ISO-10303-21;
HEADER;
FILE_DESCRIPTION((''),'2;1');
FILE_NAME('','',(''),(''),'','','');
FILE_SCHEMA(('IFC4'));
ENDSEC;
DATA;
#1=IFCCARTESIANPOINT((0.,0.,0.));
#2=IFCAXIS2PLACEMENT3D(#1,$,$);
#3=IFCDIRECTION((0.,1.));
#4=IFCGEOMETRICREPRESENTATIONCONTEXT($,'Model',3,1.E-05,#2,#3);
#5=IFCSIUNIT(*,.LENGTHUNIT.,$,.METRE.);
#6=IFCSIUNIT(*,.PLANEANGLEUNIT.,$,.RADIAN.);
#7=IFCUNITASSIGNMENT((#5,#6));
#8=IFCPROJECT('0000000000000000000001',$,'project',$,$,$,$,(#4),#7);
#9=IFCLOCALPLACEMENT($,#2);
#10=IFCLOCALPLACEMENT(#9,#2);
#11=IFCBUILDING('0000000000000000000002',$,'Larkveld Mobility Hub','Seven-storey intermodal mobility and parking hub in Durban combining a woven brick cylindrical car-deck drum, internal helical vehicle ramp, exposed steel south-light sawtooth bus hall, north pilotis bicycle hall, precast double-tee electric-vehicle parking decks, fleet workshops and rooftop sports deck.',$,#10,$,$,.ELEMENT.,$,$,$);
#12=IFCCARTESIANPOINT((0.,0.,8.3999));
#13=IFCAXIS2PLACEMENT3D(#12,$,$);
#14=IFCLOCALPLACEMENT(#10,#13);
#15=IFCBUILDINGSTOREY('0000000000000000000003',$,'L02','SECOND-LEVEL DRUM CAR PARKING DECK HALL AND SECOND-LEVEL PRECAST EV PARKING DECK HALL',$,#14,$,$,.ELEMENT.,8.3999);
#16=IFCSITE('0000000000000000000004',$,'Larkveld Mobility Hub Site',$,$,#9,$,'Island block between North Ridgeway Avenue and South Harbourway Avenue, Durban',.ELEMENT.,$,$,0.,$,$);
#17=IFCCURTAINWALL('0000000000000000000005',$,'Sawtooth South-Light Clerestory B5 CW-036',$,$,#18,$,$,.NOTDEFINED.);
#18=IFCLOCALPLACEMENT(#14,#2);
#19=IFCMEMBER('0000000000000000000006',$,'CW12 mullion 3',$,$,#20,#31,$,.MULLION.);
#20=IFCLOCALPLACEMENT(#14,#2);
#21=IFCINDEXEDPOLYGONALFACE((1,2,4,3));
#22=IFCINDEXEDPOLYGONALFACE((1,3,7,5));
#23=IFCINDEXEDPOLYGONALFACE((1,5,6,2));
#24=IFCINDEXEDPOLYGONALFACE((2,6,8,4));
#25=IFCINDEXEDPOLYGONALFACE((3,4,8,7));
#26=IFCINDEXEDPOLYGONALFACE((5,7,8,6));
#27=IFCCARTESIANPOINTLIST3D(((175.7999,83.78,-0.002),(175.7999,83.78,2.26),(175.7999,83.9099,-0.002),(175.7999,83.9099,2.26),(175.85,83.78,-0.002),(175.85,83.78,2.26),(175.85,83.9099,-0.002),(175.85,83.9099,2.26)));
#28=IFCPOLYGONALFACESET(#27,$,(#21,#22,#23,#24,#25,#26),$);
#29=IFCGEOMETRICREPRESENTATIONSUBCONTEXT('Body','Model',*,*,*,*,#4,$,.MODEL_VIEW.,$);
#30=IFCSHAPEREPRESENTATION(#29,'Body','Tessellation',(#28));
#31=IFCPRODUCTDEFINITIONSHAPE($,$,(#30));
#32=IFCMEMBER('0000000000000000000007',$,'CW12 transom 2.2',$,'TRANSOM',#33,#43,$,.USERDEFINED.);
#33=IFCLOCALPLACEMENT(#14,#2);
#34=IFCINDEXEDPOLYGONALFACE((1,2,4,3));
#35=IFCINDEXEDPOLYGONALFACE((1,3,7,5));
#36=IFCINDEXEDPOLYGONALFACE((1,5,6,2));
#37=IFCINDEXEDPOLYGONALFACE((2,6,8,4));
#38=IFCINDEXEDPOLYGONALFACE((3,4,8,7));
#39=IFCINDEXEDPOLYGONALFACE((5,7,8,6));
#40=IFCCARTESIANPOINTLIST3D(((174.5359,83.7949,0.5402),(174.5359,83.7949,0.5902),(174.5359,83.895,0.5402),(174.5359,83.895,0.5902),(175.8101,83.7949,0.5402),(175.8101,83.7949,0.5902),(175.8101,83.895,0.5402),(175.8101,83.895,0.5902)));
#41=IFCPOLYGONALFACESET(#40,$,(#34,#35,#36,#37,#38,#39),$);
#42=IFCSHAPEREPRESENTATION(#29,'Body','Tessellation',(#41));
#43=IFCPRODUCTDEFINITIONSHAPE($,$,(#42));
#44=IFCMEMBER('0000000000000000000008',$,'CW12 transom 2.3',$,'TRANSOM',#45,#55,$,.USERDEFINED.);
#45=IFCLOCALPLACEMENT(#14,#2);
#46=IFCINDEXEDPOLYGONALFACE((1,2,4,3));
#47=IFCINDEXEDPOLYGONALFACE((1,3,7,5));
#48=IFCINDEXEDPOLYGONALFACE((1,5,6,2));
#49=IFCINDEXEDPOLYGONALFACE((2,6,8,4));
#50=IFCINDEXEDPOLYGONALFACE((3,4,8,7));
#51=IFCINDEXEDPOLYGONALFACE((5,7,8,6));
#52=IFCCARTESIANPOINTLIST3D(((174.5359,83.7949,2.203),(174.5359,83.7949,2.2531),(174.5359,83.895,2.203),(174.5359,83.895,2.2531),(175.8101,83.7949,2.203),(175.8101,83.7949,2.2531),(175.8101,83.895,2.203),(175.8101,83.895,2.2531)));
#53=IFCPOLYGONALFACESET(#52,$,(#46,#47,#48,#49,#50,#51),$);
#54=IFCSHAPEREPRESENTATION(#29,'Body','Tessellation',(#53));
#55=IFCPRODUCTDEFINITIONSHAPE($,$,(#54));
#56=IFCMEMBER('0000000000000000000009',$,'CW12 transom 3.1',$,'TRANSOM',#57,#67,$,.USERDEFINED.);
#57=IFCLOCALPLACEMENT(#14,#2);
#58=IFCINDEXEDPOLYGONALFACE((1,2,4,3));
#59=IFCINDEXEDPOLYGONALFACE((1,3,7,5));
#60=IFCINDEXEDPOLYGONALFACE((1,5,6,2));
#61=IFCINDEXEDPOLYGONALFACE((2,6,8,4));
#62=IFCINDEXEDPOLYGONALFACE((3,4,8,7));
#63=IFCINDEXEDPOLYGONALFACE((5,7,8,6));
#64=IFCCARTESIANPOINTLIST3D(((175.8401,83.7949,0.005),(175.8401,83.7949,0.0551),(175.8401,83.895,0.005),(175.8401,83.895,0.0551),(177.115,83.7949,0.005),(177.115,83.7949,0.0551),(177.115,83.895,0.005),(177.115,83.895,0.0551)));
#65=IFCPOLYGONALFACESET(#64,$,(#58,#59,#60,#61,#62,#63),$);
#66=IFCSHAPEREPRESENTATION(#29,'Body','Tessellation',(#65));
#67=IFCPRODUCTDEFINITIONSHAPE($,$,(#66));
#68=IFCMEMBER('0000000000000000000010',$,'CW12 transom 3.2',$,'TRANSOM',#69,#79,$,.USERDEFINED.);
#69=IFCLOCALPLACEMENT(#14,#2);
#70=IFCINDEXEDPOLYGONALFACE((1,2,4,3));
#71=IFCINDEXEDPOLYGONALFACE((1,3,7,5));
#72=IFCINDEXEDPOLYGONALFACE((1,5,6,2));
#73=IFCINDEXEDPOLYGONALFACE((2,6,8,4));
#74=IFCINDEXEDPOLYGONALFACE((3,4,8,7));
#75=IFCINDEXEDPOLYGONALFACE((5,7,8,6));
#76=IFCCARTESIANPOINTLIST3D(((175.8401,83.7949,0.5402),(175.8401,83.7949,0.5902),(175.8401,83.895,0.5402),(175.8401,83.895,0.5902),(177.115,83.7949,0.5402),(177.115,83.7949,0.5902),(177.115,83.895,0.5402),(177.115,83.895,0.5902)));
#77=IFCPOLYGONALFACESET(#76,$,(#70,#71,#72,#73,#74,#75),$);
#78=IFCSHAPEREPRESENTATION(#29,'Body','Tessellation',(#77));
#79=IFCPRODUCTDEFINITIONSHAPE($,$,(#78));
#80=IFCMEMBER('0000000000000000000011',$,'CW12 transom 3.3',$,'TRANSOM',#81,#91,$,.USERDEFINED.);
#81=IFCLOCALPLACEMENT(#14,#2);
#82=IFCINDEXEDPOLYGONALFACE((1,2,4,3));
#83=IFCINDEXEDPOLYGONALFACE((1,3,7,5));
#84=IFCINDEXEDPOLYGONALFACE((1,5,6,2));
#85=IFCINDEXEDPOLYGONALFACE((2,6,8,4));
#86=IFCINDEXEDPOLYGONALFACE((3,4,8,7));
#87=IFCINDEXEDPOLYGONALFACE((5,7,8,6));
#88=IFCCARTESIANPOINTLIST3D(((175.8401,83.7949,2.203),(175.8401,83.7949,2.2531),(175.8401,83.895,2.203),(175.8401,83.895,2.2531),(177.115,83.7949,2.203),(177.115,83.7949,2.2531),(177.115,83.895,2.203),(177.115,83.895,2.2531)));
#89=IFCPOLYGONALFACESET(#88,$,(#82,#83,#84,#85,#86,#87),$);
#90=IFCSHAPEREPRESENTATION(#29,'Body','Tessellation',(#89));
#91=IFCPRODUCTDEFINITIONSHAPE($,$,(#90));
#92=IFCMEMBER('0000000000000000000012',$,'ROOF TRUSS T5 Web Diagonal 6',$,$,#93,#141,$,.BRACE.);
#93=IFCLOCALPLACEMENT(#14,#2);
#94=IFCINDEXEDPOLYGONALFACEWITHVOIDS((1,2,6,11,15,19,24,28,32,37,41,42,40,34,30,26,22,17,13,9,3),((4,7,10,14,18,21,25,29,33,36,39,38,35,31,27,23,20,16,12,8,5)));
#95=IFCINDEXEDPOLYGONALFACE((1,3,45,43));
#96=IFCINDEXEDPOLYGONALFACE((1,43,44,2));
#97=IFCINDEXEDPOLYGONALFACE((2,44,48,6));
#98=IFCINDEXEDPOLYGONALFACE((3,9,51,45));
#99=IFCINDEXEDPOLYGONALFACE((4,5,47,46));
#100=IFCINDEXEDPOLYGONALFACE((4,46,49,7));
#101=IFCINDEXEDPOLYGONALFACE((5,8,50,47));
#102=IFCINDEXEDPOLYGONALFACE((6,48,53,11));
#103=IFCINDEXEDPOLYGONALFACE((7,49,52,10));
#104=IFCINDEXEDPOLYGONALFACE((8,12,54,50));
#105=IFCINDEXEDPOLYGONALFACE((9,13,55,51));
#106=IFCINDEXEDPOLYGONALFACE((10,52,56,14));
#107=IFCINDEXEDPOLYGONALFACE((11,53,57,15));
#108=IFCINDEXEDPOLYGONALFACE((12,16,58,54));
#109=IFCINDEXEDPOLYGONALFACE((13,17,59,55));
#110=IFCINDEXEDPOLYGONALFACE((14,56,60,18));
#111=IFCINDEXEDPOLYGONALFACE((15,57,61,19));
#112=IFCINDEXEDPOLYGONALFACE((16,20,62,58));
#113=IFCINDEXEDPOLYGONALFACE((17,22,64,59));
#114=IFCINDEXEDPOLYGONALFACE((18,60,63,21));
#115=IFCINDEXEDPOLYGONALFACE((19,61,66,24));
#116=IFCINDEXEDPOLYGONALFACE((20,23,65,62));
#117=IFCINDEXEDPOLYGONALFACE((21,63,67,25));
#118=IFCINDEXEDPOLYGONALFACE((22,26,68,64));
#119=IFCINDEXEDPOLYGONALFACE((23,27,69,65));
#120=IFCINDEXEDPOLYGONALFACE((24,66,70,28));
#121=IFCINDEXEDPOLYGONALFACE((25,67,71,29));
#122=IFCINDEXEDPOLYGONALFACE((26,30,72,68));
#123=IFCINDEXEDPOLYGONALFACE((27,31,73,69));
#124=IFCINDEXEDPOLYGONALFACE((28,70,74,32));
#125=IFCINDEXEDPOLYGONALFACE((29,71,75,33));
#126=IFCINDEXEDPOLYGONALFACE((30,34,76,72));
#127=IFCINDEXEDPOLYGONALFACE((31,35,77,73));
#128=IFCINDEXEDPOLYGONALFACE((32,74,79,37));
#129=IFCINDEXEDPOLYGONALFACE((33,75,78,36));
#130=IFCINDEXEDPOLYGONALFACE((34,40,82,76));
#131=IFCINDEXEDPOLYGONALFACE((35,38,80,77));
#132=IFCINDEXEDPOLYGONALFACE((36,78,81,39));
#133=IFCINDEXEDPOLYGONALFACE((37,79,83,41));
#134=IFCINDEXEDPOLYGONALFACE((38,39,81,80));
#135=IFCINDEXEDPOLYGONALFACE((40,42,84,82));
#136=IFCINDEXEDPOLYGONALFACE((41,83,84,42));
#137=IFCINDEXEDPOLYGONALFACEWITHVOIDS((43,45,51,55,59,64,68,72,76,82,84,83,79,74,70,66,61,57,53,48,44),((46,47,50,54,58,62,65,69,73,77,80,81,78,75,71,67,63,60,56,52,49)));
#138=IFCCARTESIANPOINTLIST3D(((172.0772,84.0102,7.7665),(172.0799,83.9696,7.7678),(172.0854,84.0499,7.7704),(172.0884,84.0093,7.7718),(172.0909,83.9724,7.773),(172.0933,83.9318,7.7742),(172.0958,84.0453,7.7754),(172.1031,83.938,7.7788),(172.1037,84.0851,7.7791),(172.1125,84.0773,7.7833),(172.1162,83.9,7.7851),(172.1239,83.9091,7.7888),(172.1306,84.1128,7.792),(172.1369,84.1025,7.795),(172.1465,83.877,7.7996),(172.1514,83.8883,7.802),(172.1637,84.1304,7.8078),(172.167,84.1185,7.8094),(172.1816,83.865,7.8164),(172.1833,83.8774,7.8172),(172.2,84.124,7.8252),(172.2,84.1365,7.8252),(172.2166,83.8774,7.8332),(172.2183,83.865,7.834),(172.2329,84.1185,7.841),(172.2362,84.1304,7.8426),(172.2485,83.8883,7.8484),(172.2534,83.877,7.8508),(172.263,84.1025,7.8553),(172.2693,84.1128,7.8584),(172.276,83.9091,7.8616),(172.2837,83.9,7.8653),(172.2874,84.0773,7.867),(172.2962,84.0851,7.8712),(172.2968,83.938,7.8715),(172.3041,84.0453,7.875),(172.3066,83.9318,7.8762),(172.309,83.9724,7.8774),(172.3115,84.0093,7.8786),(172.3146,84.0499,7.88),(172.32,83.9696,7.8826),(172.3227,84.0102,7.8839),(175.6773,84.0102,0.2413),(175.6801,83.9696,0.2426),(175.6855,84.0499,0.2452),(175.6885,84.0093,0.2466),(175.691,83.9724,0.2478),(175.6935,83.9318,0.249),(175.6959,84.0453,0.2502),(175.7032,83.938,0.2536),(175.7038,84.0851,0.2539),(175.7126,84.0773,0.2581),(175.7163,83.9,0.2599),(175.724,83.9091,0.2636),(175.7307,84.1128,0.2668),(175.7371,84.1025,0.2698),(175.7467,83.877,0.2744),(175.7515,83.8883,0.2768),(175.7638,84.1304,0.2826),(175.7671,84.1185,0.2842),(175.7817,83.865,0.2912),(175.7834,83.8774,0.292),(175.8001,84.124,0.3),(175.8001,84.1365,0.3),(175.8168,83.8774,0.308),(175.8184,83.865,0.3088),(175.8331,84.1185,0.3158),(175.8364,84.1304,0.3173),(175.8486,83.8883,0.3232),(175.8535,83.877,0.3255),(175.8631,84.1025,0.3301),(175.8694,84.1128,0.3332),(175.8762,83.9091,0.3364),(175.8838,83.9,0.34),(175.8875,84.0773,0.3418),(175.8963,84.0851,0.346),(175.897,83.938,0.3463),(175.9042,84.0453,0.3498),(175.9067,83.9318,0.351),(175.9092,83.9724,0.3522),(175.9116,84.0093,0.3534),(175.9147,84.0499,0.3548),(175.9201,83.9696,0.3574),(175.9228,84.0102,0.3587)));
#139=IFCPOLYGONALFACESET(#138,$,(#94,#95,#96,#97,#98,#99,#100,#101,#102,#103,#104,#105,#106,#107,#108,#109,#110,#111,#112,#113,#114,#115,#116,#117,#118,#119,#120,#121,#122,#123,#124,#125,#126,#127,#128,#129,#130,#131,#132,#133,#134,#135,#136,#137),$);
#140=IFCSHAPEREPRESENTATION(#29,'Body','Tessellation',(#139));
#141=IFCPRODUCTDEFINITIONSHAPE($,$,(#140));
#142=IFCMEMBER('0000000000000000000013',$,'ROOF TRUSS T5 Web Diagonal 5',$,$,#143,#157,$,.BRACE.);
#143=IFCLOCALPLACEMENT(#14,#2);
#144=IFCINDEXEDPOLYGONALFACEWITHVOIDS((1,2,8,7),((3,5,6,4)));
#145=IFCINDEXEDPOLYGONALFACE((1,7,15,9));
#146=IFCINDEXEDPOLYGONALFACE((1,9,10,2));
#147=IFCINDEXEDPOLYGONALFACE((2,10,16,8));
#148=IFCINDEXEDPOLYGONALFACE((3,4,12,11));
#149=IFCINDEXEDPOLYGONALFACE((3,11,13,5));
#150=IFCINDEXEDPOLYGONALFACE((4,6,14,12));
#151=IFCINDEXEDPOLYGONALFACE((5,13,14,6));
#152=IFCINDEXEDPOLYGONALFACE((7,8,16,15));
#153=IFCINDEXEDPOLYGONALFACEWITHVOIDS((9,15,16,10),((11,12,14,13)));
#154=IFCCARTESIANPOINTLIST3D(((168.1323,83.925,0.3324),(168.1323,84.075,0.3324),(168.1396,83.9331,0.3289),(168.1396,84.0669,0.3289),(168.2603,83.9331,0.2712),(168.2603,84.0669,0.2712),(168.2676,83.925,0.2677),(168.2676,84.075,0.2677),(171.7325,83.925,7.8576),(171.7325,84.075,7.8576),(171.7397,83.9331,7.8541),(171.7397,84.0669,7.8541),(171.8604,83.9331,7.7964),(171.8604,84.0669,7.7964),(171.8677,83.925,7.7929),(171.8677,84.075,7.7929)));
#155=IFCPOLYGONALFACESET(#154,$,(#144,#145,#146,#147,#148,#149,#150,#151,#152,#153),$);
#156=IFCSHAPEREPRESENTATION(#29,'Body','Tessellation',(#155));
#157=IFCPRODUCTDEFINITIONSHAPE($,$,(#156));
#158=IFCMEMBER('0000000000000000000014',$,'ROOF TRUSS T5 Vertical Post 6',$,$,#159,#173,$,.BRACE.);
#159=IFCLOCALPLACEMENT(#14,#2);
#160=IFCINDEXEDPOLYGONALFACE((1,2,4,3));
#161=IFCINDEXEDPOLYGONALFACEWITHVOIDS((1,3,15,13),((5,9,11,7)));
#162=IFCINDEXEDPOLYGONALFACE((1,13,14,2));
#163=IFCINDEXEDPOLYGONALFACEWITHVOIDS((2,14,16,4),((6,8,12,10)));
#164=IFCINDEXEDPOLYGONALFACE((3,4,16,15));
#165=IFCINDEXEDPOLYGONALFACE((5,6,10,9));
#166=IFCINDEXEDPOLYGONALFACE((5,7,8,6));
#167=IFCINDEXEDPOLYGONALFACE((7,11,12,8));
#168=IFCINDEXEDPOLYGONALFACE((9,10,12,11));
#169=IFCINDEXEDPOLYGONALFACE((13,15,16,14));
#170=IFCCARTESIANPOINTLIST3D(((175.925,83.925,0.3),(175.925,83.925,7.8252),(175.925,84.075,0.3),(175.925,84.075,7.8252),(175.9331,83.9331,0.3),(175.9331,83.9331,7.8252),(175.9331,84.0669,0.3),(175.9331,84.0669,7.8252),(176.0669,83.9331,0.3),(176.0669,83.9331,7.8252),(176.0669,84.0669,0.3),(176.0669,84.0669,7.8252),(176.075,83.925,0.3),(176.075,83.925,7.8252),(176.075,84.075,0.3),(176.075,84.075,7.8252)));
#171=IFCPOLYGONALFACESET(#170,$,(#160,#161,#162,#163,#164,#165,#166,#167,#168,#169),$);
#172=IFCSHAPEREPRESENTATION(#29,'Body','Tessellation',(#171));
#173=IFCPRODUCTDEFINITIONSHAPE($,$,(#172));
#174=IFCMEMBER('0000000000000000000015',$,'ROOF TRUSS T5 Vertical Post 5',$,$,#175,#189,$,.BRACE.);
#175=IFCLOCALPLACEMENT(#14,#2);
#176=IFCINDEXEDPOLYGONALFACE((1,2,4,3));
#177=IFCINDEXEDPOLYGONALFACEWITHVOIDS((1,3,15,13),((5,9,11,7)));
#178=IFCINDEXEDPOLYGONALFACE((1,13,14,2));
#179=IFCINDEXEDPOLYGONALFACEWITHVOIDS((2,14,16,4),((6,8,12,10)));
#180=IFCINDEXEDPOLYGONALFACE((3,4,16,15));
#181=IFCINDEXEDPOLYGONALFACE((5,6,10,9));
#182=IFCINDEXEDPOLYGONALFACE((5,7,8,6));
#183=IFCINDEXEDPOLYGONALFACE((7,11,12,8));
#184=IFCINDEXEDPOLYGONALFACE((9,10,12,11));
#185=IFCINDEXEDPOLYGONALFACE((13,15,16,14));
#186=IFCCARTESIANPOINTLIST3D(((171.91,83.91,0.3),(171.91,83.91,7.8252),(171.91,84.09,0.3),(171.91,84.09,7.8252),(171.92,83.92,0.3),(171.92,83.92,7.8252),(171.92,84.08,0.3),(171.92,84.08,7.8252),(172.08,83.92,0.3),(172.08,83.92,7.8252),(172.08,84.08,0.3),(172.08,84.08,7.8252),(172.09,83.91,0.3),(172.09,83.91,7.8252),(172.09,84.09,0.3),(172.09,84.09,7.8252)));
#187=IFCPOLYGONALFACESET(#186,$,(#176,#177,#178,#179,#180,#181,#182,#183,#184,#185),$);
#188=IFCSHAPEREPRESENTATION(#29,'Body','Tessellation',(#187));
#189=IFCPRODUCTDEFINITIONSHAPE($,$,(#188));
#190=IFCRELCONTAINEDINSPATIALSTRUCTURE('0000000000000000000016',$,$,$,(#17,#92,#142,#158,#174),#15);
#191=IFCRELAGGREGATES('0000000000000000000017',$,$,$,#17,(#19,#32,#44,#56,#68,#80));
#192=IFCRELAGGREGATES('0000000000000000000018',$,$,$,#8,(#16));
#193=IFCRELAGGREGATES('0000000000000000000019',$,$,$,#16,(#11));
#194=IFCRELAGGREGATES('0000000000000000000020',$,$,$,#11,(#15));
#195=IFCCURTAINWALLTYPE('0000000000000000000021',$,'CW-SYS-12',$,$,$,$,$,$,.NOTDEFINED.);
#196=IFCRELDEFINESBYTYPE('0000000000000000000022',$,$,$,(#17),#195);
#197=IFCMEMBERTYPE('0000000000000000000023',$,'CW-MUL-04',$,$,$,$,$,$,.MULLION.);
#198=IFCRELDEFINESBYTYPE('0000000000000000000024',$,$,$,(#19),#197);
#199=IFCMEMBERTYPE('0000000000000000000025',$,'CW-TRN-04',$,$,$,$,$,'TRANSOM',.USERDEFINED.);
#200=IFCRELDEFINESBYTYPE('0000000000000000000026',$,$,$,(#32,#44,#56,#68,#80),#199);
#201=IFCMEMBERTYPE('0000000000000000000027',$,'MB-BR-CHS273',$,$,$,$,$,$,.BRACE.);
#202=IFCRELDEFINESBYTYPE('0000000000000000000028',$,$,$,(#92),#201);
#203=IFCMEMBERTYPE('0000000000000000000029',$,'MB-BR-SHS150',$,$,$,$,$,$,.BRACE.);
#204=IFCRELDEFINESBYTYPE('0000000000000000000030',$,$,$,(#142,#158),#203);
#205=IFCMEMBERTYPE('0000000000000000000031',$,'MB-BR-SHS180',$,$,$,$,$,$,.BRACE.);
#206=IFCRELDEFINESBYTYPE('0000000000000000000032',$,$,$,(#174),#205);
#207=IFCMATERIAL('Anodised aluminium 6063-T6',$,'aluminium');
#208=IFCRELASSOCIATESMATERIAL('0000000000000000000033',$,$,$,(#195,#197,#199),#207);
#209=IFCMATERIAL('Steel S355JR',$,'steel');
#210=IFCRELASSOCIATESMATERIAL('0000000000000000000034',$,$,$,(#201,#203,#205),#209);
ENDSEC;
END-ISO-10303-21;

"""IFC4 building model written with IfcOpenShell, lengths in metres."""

from ifc_helpers import new_model, si_unit, direction, frame, origin, origin_2d, place, context, subcontext, project, spatial, rectangle, hollow_rectangle, hollow_circle, extrude, material, material_profile, profile_set, type_object, element, aggregate, save


model = new_model("IFC4")

# Units and contexts
model_context = context("Model", 3, precision=1e-05, world=origin(), true_north=direction((0.0, 1.0)))
body_context = subcontext(model_context, "Body", "Model", "MODEL_VIEW")
ifc_project = project(units=[si_unit("LENGTHUNIT", "METRE"), si_unit("PLANEANGLEUNIT", "RADIAN")], contexts=[model_context])

# Site, building, storey
site_placement = place(None, origin())
site = spatial("IfcSite", under=ifc_project, at=site_placement, Name="Larkveld Mobility Hub Site", LongName="Island block between North Ridgeway Avenue and South Harbourway Avenue, Durban", CompositionType="ELEMENT", RefElevation=0.0)
building_placement = place(site_placement, origin())
building = spatial("IfcBuilding", under=site, at=building_placement, Name="Larkveld Mobility Hub", Description="Seven-storey intermodal mobility and parking hub in Durban combining a woven brick cylindrical car-deck drum, internal helical vehicle ramp, exposed steel south-light sawtooth bus hall, north pilotis bicycle hall, precast double-tee electric-vehicle parking decks, fleet workshops and rooftop sports deck.", CompositionType="ELEMENT")
storey_placement = place(building_placement, frame((0.0, 0.0, 8.3999)))
storey = spatial("IfcBuildingStorey", under=building, at=storey_placement, Name="L02", Description="SECOND-LEVEL DRUM CAR PARKING DECK HALL AND SECOND-LEVEL PRECAST EV PARKING DECK HALL", CompositionType="ELEMENT", Elevation=8.3999)

# Curtain wall, members
ifc_material_1 = material(Name="Anodised aluminium 6063-T6", Category="aluminium")
curtain_wall_type = type_object("IfcCurtainWallType", Name="CW-SYS-12", PredefinedType="NOTDEFINED", material=ifc_material_1)
curtain_wall_placement = place(storey_placement, origin())
curtain_wall = element("IfcCurtainWall", 1, at=curtain_wall_placement, inside=storey, type_object=curtain_wall_type, Name="Sawtooth South-Light Clerestory B5 CW-036", PredefinedType="NOTDEFINED")
ifc_material_profile_1 = material_profile(ifc_material_1, rectangle(XDim=0.05, YDim=0.1299, at=origin_2d()), Name="ALU MULL 50x130")
ifc_profile_set_1 = profile_set([ifc_material_profile_1], Name="Anodised aluminium 6063-T6")
member_type_1 = type_object("IfcMemberType", Name="CW-MUL-04", PredefinedType="MULLION", material=ifc_profile_set_1)
member_1_placement = place(storey_placement, frame((175.825, 83.845, -0.002), z_axis=(0.0, 0.0, 1.0), x_axis=(1.0, 0.0, 0.0)))
member_1 = element("IfcMember", 2, at=member_1_placement, type_object=member_type_1, Name="CW12 mullion 3", PredefinedType="MULLION", context=body_context, shape_type="SweptSolid", body=[
    extrude(rectangle(XDim=0.05, YDim=0.1299, at=origin_2d()), origin(), (0.0, 0.0, 1.0), 2.262),
])
ifc_material_profile_2 = material_profile(ifc_material_1, rectangle(XDim=0.1001, YDim=0.05, at=origin_2d()), Name="ALU TRAN 50x100")
ifc_profile_set_2 = profile_set([ifc_material_profile_2], Name="Anodised aluminium 6063-T6")
member_type_2 = type_object("IfcMemberType", Name="CW-TRN-04", ElementType="TRANSOM", PredefinedType="USERDEFINED", material=ifc_profile_set_2)
member_2_placement = place(storey_placement, frame((174.5359, 83.845, 0.5652), z_axis=(1.0, 0.0, 0.0), x_axis=(0.0, 1.0, 0.0)))
member_2 = element("IfcMember", 3, at=member_2_placement, type_object=member_type_2, Name="CW12 transom 2.2", ObjectType="TRANSOM", PredefinedType="USERDEFINED", context=body_context, shape_type="SweptSolid", body=[
    extrude(rectangle(XDim=0.1001, YDim=0.05, at=origin_2d()), origin(), (0.0, 0.0, 1.0), 1.2742),
])
member_3_placement = place(storey_placement, frame((174.5359, 83.845, 2.228), z_axis=(1.0, 0.0, 0.0), x_axis=(0.0, 1.0, 0.0)))
member_3 = element("IfcMember", 4, at=member_3_placement, type_object=member_type_2, Name="CW12 transom 2.3", ObjectType="TRANSOM", PredefinedType="USERDEFINED", context=body_context, shape_type="SweptSolid", body=[
    extrude(rectangle(XDim=0.1001, YDim=0.05, at=origin_2d()), origin(), (0.0, 0.0, 1.0), 1.2742),
])
member_4_placement = place(storey_placement, frame((175.8401, 83.845, 0.03), z_axis=(1.0, 0.0, 0.0), x_axis=(0.0, 1.0, 0.0)))
member_4 = element("IfcMember", 5, at=member_4_placement, type_object=member_type_2, Name="CW12 transom 3.1", ObjectType="TRANSOM", PredefinedType="USERDEFINED", context=body_context, shape_type="SweptSolid", body=[
    extrude(rectangle(XDim=0.1001, YDim=0.05, at=origin_2d()), origin(), (0.0, 0.0, 1.0), 1.2749),
])
member_5_placement = place(storey_placement, frame((175.8401, 83.845, 0.5652), z_axis=(1.0, 0.0, 0.0), x_axis=(0.0, 1.0, 0.0)))
member_5 = element("IfcMember", 6, at=member_5_placement, type_object=member_type_2, Name="CW12 transom 3.2", ObjectType="TRANSOM", PredefinedType="USERDEFINED", context=body_context, shape_type="SweptSolid", body=[
    extrude(rectangle(XDim=0.1001, YDim=0.05, at=origin_2d()), origin(), (0.0, 0.0, 1.0), 1.2749),
])
member_6_placement = place(storey_placement, frame((175.8401, 83.845, 2.228), z_axis=(1.0, 0.0, 0.0), x_axis=(0.0, 1.0, 0.0)))
member_6 = element("IfcMember", 7, at=member_6_placement, type_object=member_type_2, Name="CW12 transom 3.3", ObjectType="TRANSOM", PredefinedType="USERDEFINED", context=body_context, shape_type="SweptSolid", body=[
    extrude(rectangle(XDim=0.1001, YDim=0.05, at=origin_2d()), origin(), (0.0, 0.0, 1.0), 1.2749),
])

# Members
ifc_material_2 = material(Name="Steel S355JR", Category="steel")
ifc_material_profile_3 = material_profile(ifc_material_2, hollow_circle(Radius=0.1365, WallThickness=0.0125, at=origin_2d()), Name="CHS 273x12.5")
ifc_profile_set_3 = profile_set([ifc_material_profile_3], Name="Steel S355JR")
member_type_3 = type_object("IfcMemberType", Name="MB-BR-CHS273", PredefinedType="BRACE", material=ifc_profile_set_3)
member_7_placement = place(storey_placement, frame((172.2, 84.0, 7.8252), z_axis=(0.431564, 0.0, -0.902082), x_axis=(0.0, 1.0, 0.0)))
element("IfcMember", 8, at=member_7_placement, inside=storey, type_object=member_type_3, Name="ROOF TRUSS T5 Web Diagonal 6", PredefinedType="BRACE", context=body_context, shape_type="SweptSolid", body=[
    extrude(hollow_circle(Radius=0.1365, WallThickness=0.0125, at=origin_2d()), origin(), (0.0, 0.0, 1.0), 8.342),
])
ifc_material_profile_4 = material_profile(ifc_material_2, hollow_rectangle(XDim=0.1499, YDim=0.1499, WallThickness=0.0081, at=origin_2d()), Name="SHS 150x150x8")
ifc_profile_set_4 = profile_set([ifc_material_profile_4], Name="Steel S355JR")
member_type_4 = type_object("IfcMemberType", Name="MB-BR-SHS150", PredefinedType="BRACE", material=ifc_profile_set_4)
member_8_placement = place(storey_placement, frame((168.2, 84.0, 0.3), z_axis=(0.431564, 0.0, 0.902082), x_axis=(0.0, 1.0, 0.0)))
element("IfcMember", 9, at=member_8_placement, inside=storey, type_object=member_type_4, Name="ROOF TRUSS T5 Web Diagonal 5", PredefinedType="BRACE", context=body_context, shape_type="SweptSolid", body=[
    extrude(hollow_rectangle(XDim=0.1499, YDim=0.1499, WallThickness=0.0081, at=origin_2d()), origin(), (0.0, 0.0, 1.0), 8.342),
])
member_9_placement = place(storey_placement, frame((176.0, 84.0, 0.3), z_axis=(0.0, 0.0, 1.0), x_axis=(1.0, 0.0, 0.0)))
element("IfcMember", 10, at=member_9_placement, inside=storey, type_object=member_type_4, Name="ROOF TRUSS T5 Vertical Post 6", PredefinedType="BRACE", context=body_context, shape_type="SweptSolid", body=[
    extrude(hollow_rectangle(XDim=0.1499, YDim=0.1499, WallThickness=0.0081, at=origin_2d()), origin(), (0.0, 0.0, 1.0), 7.5251),
])
ifc_material_profile_5 = material_profile(ifc_material_2, hollow_rectangle(XDim=0.1799, YDim=0.1799, WallThickness=0.01, at=origin_2d()), Name="SHS 180x180x10")
ifc_profile_set_5 = profile_set([ifc_material_profile_5], Name="Steel S355JR")
member_type_5 = type_object("IfcMemberType", Name="MB-BR-SHS180", PredefinedType="BRACE", material=ifc_profile_set_5)
member_10_placement = place(storey_placement, frame((172.0, 84.0, 0.3), z_axis=(0.0, 0.0, 1.0), x_axis=(1.0, 0.0, 0.0)))
element("IfcMember", 11, at=member_10_placement, inside=storey, type_object=member_type_5, Name="ROOF TRUSS T5 Vertical Post 5", PredefinedType="BRACE", context=body_context, shape_type="SweptSolid", body=[
    extrude(hollow_rectangle(XDim=0.1799, YDim=0.1799, WallThickness=0.01, at=origin_2d()), origin(), (0.0, 0.0, 1.0), 7.5251),
])

aggregate(curtain_wall, [member_1, member_2, member_3, member_4, member_5, member_6])

save(model, "model.ifc")
